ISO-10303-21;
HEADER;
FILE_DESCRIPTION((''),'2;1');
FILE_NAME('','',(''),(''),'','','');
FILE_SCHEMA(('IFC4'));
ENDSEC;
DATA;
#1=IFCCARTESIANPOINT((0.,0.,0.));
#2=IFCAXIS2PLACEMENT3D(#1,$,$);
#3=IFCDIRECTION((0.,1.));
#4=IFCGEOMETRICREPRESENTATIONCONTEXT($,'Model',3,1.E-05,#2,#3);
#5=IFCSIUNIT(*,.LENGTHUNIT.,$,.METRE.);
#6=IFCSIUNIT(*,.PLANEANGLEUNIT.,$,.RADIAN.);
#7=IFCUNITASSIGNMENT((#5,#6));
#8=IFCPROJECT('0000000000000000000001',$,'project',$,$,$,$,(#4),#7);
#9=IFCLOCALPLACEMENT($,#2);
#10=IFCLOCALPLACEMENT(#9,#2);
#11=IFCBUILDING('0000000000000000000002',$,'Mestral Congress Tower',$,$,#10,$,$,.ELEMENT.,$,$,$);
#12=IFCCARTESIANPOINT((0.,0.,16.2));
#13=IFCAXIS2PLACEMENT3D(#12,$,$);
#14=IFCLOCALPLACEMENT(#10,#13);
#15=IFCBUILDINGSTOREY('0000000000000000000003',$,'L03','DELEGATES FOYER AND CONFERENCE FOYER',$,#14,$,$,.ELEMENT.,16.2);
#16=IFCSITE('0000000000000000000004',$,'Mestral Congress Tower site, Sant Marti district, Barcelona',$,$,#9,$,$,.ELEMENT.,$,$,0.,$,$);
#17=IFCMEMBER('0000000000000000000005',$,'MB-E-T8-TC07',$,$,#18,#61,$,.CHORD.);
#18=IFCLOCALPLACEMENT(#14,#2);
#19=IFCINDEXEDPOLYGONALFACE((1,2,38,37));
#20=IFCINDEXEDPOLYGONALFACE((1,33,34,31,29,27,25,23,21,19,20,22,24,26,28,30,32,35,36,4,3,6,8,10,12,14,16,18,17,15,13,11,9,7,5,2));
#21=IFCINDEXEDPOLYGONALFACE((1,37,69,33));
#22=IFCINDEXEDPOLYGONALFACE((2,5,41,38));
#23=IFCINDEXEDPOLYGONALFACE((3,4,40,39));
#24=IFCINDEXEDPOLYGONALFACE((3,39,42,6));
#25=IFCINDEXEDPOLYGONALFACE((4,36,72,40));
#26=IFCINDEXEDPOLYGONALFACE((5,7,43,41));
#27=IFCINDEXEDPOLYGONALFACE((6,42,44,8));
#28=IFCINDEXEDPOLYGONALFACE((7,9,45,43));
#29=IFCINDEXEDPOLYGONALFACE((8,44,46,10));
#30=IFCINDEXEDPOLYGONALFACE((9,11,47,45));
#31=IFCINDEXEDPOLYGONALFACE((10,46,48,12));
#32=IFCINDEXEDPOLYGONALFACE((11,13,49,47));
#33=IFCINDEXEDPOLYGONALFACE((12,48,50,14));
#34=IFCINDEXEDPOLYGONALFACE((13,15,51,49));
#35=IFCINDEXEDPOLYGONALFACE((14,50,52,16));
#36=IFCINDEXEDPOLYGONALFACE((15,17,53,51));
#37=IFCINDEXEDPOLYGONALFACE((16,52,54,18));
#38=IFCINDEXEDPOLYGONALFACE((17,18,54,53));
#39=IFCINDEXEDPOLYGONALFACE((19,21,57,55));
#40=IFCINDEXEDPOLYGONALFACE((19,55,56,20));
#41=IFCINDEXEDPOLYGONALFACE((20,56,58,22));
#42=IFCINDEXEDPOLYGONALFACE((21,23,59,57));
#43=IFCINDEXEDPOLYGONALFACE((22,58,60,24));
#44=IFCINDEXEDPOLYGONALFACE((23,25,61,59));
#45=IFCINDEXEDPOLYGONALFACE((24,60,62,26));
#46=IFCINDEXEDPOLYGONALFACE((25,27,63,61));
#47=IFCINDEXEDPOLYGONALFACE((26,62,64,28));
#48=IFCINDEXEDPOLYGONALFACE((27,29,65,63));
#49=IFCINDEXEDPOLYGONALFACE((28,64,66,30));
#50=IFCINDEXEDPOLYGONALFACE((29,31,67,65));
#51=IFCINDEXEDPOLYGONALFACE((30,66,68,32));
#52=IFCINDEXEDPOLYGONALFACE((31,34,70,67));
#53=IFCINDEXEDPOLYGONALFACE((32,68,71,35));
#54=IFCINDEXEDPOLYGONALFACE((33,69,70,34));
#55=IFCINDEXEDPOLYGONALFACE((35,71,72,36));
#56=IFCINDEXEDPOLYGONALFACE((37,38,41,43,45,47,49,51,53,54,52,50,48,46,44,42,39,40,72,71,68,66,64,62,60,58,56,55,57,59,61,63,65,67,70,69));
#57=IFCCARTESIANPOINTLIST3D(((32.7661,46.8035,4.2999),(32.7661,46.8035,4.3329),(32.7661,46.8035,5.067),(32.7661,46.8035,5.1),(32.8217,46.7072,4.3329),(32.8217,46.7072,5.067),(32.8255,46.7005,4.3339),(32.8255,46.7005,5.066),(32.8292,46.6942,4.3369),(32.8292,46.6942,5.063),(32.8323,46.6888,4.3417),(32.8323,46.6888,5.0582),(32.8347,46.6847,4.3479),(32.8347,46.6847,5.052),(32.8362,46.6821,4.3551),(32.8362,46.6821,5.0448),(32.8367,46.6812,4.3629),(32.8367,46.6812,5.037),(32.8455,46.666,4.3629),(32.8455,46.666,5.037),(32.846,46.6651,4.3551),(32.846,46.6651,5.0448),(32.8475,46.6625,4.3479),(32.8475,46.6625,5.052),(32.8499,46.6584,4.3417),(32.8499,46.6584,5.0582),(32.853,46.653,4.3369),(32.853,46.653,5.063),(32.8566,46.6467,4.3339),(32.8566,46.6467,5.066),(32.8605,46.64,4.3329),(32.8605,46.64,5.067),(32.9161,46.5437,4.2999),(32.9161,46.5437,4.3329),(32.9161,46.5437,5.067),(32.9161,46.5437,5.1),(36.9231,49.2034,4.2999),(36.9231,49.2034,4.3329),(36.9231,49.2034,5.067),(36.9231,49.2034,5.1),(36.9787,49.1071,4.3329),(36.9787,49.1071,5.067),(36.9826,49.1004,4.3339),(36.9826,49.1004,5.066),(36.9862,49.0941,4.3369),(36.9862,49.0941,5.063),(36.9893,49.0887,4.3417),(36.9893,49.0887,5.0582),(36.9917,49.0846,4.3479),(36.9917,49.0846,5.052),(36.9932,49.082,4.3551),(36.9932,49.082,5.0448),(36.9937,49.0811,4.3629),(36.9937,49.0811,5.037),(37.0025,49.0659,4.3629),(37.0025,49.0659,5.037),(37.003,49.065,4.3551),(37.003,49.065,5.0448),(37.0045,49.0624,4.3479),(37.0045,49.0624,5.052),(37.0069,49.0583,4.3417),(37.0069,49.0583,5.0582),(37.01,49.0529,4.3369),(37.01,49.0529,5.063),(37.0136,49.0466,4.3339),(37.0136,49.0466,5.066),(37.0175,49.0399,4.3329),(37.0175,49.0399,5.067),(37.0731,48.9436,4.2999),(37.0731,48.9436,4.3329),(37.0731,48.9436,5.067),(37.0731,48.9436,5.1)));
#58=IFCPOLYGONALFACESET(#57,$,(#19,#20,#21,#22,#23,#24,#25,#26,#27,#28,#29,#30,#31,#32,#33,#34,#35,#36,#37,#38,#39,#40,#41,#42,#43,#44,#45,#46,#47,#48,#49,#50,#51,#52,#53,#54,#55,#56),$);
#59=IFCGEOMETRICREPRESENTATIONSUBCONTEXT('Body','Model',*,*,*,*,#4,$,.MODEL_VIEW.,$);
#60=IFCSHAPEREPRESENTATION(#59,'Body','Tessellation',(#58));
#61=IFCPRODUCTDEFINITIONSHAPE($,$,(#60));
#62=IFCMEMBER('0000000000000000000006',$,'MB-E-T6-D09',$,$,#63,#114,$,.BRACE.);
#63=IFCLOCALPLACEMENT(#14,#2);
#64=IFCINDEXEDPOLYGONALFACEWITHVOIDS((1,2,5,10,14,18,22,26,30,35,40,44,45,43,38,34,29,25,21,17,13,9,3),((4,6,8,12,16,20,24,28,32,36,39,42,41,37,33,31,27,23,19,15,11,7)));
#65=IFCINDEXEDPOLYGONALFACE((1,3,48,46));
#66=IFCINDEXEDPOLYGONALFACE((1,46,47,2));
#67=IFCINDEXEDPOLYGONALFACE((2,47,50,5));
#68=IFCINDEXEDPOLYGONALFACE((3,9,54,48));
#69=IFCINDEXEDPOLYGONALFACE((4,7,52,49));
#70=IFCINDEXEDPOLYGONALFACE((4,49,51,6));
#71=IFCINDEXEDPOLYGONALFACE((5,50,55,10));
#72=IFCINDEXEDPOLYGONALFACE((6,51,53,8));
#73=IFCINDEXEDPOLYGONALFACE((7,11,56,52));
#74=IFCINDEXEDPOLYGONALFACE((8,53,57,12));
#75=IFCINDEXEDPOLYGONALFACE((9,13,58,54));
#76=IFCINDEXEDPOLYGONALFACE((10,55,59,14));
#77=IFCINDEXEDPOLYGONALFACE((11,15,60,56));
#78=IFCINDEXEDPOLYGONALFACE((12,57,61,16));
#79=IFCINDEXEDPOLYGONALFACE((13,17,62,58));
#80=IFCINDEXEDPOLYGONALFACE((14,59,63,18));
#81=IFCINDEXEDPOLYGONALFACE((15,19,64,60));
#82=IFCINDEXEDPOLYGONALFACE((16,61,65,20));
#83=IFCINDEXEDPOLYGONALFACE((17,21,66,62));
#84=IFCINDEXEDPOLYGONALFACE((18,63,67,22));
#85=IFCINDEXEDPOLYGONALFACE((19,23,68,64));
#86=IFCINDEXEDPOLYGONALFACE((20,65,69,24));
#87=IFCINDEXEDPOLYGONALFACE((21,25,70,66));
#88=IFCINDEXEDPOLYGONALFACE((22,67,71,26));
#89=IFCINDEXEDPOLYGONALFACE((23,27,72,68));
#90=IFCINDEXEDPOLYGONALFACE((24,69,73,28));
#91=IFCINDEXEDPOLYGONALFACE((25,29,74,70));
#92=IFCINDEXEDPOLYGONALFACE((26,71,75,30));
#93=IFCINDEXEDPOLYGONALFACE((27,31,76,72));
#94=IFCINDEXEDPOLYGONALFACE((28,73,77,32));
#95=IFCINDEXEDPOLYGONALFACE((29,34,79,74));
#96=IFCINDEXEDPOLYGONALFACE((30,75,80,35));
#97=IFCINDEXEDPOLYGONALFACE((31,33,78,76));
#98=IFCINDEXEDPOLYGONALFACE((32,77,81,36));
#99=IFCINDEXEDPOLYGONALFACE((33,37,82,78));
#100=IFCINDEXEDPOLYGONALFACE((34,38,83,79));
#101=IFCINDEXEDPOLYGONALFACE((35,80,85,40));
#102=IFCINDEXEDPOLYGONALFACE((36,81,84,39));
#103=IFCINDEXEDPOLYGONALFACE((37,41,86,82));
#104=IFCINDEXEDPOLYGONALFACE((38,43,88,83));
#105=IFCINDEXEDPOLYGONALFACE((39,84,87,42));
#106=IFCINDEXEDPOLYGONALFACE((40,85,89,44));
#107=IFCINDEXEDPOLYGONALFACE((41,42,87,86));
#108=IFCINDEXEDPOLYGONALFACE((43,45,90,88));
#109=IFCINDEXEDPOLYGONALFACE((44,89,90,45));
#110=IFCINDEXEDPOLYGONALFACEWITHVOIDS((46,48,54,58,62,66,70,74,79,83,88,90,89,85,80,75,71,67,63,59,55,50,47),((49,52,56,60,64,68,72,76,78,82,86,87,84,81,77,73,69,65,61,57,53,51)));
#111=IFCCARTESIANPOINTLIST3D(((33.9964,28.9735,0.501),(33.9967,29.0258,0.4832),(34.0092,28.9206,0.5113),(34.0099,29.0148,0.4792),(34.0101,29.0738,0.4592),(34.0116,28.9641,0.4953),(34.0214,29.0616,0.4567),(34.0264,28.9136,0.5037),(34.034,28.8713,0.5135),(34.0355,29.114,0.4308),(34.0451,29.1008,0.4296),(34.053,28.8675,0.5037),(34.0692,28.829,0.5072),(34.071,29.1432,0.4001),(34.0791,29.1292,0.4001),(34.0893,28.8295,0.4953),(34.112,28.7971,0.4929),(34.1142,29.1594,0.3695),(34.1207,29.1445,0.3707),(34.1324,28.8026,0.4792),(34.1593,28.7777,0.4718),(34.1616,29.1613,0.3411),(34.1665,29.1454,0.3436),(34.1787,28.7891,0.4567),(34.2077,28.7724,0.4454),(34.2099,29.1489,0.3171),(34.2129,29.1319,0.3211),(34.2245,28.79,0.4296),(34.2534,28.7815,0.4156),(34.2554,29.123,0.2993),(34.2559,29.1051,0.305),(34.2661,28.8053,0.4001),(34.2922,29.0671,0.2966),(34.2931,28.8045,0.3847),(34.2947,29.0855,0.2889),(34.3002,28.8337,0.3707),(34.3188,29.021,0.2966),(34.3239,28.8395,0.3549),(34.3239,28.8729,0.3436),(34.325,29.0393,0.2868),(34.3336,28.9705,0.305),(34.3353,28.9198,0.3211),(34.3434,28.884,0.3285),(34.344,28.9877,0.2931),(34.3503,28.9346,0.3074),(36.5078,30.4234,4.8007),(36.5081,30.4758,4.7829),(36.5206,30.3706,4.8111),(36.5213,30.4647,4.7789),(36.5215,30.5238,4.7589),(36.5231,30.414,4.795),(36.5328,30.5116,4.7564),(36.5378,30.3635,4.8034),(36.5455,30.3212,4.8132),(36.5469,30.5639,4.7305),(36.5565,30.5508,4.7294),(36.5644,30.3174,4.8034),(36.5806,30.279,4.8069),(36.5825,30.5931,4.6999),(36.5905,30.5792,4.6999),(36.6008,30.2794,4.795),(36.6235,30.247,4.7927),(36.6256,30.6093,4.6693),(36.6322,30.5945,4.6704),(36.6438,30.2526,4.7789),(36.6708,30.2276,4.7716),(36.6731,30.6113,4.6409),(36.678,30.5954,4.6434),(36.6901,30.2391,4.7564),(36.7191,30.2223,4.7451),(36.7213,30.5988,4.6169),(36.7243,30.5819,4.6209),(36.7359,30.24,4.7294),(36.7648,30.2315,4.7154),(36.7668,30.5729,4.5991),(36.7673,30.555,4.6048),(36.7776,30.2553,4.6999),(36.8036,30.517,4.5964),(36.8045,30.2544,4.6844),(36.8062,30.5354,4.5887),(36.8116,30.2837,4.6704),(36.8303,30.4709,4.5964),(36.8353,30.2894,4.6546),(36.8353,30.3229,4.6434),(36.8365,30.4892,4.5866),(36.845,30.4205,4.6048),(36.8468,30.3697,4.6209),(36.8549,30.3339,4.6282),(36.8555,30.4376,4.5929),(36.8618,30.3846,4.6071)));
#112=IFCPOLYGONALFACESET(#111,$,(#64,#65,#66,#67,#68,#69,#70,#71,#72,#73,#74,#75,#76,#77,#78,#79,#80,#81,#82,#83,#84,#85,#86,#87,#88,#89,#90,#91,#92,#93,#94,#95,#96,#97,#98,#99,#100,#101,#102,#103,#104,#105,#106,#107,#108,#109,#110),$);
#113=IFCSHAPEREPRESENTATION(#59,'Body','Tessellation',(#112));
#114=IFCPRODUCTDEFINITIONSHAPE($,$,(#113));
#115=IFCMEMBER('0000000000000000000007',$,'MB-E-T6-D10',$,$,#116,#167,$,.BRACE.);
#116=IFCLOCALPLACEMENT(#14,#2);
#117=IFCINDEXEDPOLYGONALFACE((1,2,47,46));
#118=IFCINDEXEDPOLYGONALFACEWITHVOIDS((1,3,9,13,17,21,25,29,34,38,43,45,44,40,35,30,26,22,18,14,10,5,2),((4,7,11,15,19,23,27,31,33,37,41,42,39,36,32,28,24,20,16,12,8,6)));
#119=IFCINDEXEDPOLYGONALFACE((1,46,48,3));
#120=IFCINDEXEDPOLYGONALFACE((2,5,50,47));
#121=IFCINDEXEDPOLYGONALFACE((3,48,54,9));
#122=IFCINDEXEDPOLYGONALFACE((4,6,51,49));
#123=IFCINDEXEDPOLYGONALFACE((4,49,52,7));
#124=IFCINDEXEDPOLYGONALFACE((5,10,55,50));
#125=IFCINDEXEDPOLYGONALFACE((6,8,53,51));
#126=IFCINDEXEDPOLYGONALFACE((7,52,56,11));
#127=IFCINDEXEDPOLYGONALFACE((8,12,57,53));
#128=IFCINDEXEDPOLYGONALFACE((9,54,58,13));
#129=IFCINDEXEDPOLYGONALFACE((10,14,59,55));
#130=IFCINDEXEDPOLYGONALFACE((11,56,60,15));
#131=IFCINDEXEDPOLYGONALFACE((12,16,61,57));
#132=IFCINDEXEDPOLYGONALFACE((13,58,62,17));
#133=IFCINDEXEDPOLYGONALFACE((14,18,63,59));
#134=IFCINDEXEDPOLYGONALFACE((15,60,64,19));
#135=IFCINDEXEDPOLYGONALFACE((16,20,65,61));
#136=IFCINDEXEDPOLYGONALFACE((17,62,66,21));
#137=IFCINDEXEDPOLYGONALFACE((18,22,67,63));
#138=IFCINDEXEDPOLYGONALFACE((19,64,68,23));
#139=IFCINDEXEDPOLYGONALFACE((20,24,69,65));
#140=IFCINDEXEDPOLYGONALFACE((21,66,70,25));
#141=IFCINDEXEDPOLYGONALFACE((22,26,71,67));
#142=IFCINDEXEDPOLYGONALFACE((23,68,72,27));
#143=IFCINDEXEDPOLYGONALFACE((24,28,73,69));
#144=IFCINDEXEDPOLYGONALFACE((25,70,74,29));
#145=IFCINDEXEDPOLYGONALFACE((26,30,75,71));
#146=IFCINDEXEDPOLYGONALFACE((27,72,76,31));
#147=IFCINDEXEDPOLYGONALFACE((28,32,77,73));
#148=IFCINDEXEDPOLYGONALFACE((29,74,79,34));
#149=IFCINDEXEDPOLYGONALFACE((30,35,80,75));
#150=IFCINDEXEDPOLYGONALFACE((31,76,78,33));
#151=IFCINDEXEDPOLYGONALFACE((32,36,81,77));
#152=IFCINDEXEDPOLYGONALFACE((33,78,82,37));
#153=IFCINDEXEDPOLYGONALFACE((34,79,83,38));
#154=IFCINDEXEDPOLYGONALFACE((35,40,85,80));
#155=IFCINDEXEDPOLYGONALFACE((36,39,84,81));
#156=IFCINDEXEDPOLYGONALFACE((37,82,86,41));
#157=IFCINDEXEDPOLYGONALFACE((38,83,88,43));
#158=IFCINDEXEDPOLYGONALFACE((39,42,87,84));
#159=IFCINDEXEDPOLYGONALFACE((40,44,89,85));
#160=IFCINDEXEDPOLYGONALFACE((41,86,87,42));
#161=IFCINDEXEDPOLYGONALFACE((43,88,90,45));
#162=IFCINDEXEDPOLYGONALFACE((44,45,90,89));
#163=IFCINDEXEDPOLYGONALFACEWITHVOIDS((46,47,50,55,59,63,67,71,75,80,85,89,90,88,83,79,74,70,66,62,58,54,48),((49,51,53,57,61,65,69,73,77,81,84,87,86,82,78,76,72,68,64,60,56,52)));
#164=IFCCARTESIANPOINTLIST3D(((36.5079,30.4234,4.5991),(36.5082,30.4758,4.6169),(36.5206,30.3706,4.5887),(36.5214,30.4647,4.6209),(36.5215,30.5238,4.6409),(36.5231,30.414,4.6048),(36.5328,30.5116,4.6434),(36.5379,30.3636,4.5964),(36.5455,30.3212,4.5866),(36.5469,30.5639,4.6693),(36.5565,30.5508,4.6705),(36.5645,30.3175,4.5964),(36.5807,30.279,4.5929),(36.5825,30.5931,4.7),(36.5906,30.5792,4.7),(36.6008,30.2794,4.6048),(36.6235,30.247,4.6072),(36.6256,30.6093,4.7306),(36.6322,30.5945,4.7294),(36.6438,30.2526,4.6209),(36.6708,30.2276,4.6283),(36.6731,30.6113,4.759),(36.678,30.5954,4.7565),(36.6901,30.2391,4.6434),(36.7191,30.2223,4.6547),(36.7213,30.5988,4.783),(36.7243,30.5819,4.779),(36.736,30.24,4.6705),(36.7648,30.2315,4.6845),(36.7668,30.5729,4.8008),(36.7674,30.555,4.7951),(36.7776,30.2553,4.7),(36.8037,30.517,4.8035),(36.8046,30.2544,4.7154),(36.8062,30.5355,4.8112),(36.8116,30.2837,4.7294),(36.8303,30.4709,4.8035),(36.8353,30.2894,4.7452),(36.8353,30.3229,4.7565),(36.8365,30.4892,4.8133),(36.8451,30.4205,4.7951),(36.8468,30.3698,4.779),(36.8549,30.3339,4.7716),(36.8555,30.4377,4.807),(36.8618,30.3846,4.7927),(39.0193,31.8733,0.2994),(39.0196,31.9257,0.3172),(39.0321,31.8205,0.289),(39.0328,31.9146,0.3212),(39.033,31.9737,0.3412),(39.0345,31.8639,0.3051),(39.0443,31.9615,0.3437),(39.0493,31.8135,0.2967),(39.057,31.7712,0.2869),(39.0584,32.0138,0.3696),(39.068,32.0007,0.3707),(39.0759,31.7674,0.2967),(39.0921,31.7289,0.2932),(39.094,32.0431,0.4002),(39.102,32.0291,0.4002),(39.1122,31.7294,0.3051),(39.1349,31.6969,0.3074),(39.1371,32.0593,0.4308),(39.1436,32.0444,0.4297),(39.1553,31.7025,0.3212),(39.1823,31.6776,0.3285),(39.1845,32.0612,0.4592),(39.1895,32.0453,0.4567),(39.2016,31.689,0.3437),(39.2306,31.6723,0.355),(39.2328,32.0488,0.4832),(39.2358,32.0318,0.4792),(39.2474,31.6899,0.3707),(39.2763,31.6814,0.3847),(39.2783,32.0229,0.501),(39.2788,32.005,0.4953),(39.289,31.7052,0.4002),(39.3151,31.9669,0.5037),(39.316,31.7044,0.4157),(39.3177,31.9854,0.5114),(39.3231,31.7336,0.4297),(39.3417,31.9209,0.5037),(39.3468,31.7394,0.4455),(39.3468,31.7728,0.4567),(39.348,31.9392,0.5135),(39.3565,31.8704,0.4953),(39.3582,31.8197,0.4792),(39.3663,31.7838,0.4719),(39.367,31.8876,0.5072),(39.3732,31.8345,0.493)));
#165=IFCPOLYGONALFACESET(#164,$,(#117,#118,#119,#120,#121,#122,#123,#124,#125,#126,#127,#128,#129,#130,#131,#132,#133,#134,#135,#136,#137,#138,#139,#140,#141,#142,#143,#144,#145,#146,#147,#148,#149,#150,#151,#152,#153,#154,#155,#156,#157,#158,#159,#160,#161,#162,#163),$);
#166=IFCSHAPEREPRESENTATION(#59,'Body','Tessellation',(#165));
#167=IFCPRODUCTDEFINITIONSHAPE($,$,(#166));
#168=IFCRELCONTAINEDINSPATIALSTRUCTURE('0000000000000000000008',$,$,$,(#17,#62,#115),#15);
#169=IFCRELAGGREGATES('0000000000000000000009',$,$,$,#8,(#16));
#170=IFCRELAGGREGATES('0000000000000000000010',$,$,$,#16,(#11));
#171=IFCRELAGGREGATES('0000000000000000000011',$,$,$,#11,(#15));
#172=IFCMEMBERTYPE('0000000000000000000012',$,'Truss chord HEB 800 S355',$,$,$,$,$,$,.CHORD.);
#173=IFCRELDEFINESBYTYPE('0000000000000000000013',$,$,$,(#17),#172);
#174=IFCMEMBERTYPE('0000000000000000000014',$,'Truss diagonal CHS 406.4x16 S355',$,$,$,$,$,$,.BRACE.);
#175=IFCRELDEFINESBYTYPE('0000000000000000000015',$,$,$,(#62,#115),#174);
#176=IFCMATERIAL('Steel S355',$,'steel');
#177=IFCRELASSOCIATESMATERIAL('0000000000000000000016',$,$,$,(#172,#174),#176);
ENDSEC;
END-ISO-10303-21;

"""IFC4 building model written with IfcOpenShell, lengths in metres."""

from ifc_helpers import new_model, si_unit, direction, frame, origin, origin_2d, place, context, subcontext, project, spatial, hollow_circle, i_section, extrude, material, material_profile, profile_set, type_object, element, save


model = new_model("IFC4")

# Units and contexts
model_context = context("Model", 3, precision=1e-05, world=origin(), true_north=direction((0.0, 1.0)))
body_context = subcontext(model_context, "Body", "Model", "MODEL_VIEW")
ifc_project = project(units=[si_unit("LENGTHUNIT", "METRE"), si_unit("PLANEANGLEUNIT", "RADIAN")], contexts=[model_context])

# Site, building, storey
site_placement = place(None, origin())
site = spatial("IfcSite", under=ifc_project, at=site_placement, Name="Mestral Congress Tower site, Sant Marti district, Barcelona", CompositionType="ELEMENT", RefElevation=0.0)
building_placement = place(site_placement, origin())
building = spatial("IfcBuilding", under=site, at=building_placement, Name="Mestral Congress Tower", CompositionType="ELEMENT")
storey_placement = place(building_placement, frame((0.0, 0.0, 16.2)))
storey = spatial("IfcBuildingStorey", under=building, at=storey_placement, Name="L03", Description="DELEGATES FOYER AND CONFERENCE FOYER", CompositionType="ELEMENT", Elevation=16.2)

# Members
ifc_material = material(Name="Steel S355", Category="steel")
ifc_material_profile_1 = material_profile(ifc_material, i_section(OverallWidth=0.3, OverallDepth=0.8, WebThickness=0.0176, FlangeThickness=0.033, FilletRadius=0.03, at=origin_2d()), Name="HEB 800")
ifc_profile_set_1 = profile_set([ifc_material_profile_1], Name="Steel S355")
member_type_1 = type_object("IfcMemberType", Name="Truss chord HEB 800 S355", PredefinedType="CHORD", material=ifc_profile_set_1)
member_1_placement = place(storey_placement, frame((32.8411, 46.6736, 4.7), z_axis=(0.866037, 0.499979, 0.0), x_axis=(-0.499979, 0.866037, 0.0)))
element("IfcMember", 1, at=member_1_placement, inside=storey, type_object=member_type_1, Name="MB-E-T8-TC07", PredefinedType="CHORD", context=body_context, shape_type="SweptSolid", body=[
    extrude(i_section(OverallWidth=0.3, OverallDepth=0.8, WebThickness=0.0176, FlangeThickness=0.033, FilletRadius=0.03, at=origin_2d()), origin(), (0.0, 0.0, 1.0), 4.8),
])
ifc_material_profile_2 = material_profile(ifc_material, hollow_circle(Radius=0.2031, WallThickness=0.0161, at=origin_2d()), Name="CHS 406.4x16")
ifc_profile_set_2 = profile_set([ifc_material_profile_2], Name="Steel S355")
member_type_2 = type_object("IfcMemberType", Name="Truss diagonal CHS 406.4x16 S355", PredefinedType="BRACE", material=ifc_profile_set_2)
for number, where, z_axis, x_axis, name in (
    (2, (34.1726, 28.9673, 0.4001), (0.484247, 0.279571, 0.829062), (-0.499987, 0.866033, 0.0), "MB-E-T6-D09"),
    (3, (36.6841, 30.4172, 4.7), (0.484247, 0.279571, -0.829062), (-0.499987, 0.866033, 0.0), "MB-E-T6-D10"),
):
    element("IfcMember", number, at=place(storey_placement, frame(where, z_axis=z_axis, x_axis=x_axis)), inside=storey, type_object=member_type_2, Name=name, PredefinedType="BRACE", context=body_context, shape_type="SweptSolid", body=[
        extrude(hollow_circle(Radius=0.2031, WallThickness=0.0161, at=origin_2d()), origin(), (0.0, 0.0, 1.0), 5.1863),
    ])

save(model, "model.ifc")
